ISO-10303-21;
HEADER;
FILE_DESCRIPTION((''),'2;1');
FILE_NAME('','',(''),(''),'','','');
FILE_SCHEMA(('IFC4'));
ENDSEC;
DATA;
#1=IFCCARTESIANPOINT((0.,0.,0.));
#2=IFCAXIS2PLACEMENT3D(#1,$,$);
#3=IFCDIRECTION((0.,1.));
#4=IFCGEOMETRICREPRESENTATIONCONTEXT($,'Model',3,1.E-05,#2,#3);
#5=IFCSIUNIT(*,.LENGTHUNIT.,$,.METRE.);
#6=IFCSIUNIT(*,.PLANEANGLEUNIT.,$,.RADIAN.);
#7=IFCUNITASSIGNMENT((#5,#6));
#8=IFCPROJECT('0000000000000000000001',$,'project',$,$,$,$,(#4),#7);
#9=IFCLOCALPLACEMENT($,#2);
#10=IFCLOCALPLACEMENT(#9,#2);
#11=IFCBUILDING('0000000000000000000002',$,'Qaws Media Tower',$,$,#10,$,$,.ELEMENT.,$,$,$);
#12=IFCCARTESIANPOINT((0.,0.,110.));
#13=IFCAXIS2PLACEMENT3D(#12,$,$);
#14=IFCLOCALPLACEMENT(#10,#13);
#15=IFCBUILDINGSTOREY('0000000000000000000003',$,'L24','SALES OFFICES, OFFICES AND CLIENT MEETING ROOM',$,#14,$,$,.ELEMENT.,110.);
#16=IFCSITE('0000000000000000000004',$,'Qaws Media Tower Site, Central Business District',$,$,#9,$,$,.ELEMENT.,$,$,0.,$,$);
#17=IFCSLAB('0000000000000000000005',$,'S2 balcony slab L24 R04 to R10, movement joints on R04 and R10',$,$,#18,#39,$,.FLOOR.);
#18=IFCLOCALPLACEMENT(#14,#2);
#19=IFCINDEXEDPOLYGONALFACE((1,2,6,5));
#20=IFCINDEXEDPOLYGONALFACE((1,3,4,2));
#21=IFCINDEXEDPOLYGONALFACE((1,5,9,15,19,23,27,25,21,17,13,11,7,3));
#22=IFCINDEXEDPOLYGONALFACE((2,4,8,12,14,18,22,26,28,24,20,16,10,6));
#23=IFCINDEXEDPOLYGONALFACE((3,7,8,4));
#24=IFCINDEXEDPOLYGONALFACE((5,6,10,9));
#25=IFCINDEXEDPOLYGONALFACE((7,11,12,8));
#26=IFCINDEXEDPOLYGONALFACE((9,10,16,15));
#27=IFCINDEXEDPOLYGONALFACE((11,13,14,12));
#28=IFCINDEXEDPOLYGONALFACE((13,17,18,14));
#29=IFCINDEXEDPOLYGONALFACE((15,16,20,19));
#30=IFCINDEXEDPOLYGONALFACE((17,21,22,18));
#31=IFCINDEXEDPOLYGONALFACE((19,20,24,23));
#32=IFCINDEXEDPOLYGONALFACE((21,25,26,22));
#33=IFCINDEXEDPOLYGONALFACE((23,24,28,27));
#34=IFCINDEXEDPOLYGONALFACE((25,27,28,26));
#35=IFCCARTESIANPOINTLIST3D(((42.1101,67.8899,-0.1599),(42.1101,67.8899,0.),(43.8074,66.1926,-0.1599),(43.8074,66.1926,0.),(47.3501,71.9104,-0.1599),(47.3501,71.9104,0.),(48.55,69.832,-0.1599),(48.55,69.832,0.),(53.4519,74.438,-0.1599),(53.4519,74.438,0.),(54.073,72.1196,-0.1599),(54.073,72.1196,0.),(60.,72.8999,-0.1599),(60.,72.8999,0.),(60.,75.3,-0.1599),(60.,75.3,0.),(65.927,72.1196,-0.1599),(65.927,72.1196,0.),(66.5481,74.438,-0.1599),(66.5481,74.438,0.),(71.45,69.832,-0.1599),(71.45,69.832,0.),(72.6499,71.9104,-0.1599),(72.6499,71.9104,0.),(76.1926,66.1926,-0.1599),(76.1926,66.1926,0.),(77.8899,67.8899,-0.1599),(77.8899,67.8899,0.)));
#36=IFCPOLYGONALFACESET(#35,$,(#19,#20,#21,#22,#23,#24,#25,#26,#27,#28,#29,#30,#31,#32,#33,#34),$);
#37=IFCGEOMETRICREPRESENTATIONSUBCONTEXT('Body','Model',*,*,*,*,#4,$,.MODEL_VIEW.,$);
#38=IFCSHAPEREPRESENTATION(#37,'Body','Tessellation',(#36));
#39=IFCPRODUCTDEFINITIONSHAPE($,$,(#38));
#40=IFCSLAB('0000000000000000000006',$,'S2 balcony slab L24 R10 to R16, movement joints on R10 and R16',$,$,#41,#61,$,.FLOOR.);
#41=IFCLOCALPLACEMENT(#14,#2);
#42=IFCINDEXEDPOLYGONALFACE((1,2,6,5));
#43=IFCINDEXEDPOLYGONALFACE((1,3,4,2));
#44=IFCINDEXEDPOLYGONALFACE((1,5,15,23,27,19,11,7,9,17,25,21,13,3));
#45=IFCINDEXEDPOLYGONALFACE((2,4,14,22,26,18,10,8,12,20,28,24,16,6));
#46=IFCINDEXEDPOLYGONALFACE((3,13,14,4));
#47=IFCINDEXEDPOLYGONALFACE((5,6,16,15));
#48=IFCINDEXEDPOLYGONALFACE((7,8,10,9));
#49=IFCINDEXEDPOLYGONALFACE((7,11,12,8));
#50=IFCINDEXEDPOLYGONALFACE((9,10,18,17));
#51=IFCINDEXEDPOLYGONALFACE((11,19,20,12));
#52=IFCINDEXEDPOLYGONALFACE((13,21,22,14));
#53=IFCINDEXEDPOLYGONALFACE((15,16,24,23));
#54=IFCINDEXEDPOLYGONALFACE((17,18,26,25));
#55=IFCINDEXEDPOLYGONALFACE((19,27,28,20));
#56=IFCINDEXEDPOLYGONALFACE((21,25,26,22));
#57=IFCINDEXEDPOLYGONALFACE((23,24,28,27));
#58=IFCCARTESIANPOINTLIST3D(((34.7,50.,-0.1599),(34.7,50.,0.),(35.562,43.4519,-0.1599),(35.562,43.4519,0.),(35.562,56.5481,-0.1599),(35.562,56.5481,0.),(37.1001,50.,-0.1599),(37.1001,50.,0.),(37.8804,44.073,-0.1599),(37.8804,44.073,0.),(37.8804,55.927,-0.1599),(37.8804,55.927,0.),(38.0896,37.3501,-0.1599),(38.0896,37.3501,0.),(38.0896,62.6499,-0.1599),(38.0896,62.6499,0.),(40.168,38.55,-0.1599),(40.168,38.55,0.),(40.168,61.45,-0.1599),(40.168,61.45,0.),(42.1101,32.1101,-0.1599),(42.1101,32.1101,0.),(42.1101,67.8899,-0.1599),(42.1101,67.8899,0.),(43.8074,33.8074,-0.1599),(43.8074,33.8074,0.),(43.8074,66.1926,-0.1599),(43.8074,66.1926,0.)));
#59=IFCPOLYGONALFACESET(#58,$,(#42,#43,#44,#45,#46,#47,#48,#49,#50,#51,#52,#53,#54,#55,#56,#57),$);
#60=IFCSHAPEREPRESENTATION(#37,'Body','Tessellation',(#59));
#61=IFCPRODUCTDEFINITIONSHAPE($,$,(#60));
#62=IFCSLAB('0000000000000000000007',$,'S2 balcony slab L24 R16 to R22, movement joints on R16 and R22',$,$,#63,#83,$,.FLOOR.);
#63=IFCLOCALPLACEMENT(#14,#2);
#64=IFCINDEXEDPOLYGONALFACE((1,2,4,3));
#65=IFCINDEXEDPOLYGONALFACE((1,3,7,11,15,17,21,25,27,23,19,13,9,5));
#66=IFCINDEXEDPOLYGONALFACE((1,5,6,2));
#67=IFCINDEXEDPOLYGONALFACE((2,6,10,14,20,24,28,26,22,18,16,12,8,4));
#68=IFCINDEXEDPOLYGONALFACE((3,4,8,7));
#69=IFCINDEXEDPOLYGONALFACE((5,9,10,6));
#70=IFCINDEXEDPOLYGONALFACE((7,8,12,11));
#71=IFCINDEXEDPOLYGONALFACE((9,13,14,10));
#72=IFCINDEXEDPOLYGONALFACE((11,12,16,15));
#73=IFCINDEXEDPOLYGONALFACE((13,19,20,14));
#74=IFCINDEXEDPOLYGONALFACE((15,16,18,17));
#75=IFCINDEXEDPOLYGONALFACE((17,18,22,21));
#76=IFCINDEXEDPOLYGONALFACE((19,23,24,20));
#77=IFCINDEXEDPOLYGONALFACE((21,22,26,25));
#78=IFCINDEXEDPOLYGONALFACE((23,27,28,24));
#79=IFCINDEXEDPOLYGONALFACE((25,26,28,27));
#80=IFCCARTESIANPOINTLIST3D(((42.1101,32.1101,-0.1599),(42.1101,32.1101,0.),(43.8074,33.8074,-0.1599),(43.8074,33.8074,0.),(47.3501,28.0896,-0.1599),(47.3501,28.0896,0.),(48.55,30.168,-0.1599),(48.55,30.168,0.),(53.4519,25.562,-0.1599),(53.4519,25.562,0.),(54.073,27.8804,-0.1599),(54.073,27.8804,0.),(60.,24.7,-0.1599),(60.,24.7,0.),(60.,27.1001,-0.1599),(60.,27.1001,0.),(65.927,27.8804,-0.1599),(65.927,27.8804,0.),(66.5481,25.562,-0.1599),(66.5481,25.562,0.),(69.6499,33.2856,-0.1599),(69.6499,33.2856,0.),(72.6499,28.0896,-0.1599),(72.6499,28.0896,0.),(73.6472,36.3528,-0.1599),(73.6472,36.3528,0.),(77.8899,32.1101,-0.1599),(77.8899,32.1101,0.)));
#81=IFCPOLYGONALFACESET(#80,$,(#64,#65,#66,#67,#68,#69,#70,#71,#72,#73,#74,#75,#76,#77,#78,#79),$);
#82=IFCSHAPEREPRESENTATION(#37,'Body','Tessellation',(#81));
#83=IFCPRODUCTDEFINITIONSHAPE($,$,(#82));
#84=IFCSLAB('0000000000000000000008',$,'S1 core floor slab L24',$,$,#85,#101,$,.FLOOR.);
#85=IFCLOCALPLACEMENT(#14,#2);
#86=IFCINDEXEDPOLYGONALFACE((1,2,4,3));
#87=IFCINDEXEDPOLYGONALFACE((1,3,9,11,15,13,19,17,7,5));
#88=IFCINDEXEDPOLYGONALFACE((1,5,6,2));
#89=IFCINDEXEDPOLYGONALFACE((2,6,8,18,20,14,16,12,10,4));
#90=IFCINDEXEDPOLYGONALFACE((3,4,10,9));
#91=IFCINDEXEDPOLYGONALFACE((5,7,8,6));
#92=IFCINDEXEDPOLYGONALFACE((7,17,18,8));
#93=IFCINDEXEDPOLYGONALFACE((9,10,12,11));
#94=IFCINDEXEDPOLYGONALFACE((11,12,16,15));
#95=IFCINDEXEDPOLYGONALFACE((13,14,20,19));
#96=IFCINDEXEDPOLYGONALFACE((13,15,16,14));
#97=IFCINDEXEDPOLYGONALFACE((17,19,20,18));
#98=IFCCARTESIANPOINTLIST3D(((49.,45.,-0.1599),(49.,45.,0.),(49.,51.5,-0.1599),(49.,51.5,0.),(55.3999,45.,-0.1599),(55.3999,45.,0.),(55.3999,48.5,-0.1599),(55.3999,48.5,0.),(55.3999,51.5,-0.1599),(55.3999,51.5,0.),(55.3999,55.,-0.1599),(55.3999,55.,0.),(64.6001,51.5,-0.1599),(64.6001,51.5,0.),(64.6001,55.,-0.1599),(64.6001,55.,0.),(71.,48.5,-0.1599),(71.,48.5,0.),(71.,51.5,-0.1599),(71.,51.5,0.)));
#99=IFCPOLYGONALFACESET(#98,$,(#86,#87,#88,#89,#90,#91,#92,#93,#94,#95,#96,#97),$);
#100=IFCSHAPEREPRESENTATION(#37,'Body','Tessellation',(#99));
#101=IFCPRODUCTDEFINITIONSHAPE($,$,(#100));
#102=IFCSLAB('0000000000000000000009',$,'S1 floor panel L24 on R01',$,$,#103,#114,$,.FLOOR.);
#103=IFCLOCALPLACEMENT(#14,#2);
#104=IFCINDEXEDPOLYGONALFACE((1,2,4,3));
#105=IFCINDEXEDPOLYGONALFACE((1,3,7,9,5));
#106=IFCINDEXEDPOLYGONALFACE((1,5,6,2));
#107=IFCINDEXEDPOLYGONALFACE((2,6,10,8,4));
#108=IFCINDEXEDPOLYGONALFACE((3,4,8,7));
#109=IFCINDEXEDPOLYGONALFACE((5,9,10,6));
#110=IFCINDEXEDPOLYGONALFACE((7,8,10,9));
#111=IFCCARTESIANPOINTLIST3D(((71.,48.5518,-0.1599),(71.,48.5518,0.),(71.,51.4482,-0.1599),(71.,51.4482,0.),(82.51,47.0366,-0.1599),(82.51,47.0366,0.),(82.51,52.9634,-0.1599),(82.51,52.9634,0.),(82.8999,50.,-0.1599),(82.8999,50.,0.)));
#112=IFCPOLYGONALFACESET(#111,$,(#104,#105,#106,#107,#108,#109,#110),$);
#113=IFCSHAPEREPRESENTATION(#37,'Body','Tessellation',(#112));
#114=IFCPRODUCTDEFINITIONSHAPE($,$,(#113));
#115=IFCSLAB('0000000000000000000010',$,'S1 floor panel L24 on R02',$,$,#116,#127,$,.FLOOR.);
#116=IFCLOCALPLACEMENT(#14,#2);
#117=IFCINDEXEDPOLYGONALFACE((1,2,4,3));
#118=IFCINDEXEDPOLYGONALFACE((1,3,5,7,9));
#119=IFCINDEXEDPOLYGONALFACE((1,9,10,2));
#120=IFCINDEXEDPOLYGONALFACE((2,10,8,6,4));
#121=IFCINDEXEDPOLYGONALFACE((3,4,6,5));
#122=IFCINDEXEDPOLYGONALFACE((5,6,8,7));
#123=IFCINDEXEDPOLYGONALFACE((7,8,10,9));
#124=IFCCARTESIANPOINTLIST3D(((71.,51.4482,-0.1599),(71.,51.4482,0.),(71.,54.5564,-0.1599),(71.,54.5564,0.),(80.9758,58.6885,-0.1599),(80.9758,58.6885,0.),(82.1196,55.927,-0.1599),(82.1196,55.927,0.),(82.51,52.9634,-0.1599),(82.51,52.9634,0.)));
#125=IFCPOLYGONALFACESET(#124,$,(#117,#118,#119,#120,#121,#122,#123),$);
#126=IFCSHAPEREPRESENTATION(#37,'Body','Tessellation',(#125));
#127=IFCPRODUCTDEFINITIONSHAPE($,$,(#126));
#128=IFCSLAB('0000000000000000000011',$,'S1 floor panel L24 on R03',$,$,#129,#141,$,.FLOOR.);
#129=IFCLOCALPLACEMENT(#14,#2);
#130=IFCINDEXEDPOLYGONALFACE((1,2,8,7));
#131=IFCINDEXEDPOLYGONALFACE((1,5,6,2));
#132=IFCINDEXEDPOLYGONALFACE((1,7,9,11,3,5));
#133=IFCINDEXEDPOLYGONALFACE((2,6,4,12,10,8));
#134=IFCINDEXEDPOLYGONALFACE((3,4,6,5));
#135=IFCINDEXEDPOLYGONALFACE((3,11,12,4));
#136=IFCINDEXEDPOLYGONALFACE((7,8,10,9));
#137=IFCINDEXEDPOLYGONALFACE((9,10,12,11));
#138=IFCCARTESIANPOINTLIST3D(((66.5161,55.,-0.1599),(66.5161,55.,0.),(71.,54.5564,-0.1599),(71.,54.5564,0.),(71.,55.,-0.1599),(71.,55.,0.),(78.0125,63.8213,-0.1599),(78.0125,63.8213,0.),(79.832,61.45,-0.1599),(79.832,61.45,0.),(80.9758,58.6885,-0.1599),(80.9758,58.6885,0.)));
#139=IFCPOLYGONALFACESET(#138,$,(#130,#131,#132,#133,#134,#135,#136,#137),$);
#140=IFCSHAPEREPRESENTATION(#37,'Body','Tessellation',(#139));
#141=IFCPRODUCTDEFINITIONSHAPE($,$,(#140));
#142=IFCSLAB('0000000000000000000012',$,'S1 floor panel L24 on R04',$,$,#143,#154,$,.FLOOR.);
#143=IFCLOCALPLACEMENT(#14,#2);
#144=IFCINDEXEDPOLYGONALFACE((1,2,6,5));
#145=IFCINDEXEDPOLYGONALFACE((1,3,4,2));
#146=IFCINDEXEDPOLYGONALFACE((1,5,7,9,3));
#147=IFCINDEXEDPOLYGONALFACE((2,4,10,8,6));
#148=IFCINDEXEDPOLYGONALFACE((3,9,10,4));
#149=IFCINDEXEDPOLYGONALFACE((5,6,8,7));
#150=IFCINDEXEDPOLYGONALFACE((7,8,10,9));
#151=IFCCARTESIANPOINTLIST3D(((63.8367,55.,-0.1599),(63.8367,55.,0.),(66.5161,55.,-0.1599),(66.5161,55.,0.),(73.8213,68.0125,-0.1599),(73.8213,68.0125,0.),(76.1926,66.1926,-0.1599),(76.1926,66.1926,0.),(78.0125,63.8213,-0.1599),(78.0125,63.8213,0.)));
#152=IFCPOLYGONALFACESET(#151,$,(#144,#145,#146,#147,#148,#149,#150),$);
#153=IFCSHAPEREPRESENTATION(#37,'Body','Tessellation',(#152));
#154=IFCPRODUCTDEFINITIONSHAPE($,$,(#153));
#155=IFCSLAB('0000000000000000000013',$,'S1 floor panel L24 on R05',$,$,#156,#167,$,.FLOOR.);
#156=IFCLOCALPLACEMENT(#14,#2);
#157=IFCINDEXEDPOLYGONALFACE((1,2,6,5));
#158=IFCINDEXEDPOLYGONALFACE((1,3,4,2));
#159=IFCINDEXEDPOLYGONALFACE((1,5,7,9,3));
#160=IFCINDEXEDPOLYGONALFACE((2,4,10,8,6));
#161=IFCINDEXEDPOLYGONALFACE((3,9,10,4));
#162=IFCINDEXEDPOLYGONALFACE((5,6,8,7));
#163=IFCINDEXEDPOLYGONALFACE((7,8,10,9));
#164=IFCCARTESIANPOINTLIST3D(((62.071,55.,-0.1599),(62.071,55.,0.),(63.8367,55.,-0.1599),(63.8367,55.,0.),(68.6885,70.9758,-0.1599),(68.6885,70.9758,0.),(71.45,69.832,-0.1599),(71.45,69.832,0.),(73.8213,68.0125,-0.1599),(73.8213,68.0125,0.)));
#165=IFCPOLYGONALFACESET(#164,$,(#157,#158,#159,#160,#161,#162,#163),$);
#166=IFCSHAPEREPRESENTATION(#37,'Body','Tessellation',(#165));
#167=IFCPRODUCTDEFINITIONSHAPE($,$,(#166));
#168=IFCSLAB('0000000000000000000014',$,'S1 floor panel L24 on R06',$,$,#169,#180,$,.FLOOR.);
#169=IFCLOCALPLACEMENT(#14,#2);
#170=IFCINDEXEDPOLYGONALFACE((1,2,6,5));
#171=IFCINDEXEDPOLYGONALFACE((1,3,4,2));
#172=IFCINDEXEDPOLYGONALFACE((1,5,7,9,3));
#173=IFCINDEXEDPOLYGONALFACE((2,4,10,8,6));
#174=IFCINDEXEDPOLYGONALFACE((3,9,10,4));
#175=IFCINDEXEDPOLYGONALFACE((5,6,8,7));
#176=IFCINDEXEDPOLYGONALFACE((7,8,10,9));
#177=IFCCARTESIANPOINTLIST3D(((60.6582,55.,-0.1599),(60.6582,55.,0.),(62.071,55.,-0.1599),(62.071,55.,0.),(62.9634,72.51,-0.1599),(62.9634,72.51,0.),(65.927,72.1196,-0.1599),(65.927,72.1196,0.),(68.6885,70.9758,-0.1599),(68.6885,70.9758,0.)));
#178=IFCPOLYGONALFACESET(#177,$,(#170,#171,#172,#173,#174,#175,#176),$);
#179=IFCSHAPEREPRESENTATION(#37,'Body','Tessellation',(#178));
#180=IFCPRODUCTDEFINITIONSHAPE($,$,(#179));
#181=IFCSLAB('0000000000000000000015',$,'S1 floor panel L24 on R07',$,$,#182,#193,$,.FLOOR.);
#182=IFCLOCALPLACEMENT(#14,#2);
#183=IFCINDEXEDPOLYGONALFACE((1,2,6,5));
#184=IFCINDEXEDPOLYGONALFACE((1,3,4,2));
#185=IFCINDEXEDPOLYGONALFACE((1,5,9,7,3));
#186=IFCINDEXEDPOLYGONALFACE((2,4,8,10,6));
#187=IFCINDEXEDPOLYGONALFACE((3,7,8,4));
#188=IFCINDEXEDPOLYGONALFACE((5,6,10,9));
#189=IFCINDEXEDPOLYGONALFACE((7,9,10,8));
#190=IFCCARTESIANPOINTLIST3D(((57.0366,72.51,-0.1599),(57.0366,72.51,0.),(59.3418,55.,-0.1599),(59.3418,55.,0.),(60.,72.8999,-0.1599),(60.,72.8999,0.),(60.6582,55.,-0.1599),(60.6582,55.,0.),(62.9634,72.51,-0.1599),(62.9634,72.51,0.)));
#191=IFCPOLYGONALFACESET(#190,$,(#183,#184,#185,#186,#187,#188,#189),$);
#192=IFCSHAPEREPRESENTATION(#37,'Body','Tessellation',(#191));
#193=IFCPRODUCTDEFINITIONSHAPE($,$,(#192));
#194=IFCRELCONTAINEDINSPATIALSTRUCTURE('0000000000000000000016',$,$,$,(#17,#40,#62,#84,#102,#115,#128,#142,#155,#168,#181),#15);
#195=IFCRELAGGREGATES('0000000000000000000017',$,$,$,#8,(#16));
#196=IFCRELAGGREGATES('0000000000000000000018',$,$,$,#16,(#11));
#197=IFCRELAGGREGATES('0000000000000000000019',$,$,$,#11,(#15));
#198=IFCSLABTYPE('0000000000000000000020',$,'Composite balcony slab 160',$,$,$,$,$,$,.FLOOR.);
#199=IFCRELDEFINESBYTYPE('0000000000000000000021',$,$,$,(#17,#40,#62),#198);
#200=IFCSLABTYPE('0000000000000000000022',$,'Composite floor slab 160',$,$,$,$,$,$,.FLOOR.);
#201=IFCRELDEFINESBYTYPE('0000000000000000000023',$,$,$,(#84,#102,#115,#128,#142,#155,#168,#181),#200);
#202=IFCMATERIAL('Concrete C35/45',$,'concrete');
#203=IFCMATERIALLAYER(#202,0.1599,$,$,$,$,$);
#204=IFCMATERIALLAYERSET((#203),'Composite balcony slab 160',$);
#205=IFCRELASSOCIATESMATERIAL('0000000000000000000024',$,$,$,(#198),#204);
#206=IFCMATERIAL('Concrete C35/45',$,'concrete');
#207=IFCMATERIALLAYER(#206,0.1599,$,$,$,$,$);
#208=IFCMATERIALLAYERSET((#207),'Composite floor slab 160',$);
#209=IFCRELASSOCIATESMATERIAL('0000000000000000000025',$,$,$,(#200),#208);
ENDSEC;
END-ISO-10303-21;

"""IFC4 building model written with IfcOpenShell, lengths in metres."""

from ifc_helpers import new_model, si_unit, direction, frame, origin, place, context, subcontext, project, spatial, polyline, outline, extrude, material, layer, layer_set, type_object, element, save


model = new_model("IFC4")

# Units and contexts
model_context = context("Model", 3, precision=1e-05, world=origin(), true_north=direction((0.0, 1.0)))
body_context = subcontext(model_context, "Body", "Model", "MODEL_VIEW")
ifc_project = project(units=[si_unit("LENGTHUNIT", "METRE"), si_unit("PLANEANGLEUNIT", "RADIAN")], contexts=[model_context])

# Site, building, storey
site_placement = place(None, origin())
site = spatial("IfcSite", under=ifc_project, at=site_placement, Name="Qaws Media Tower Site, Central Business District", CompositionType="ELEMENT", RefElevation=0.0)
building_placement = place(site_placement, origin())
building = spatial("IfcBuilding", under=site, at=building_placement, Name="Qaws Media Tower", CompositionType="ELEMENT")
storey_placement = place(building_placement, frame((0.0, 0.0, 110.0)))
storey = spatial("IfcBuildingStorey", under=building, at=storey_placement, Name="L24", Description="SALES OFFICES, OFFICES AND CLIENT MEETING ROOM", CompositionType="ELEMENT", Elevation=110.0)

# Slabs
ifc_material_1 = material(Name="Concrete C35/45", Category="concrete")
ifc_layer_1 = layer(ifc_material_1, 0.1599)
ifc_layer_set_1 = layer_set([ifc_layer_1], Name="Composite balcony slab 160")
slab_type_1 = type_object("IfcSlabType", Name="Composite balcony slab 160", PredefinedType="FLOOR", material=ifc_layer_set_1)
slab_1_placement = place(storey_placement, frame((0.0, 0.0, -0.1599)))
element("IfcSlab", 1, at=slab_1_placement, inside=storey, type_object=slab_type_1, Name="S2 balcony slab L24 R04 to R10, movement joints on R04 and R10", PredefinedType="FLOOR", context=body_context, shape_type="SweptSolid", body=[
    extrude(outline(polyline([(47.3501, 71.9104), (53.4519, 74.438), (60.0, 75.3), (66.5481, 74.438), (72.6499, 71.9104), (77.8899, 67.8899), (76.1926, 66.1926), (71.45, 69.832), (65.927, 72.1196), (60.0, 72.8999), (54.073, 72.1196), (48.55, 69.832), (43.8074, 66.1926), (42.1101, 67.8899), (47.3501, 71.9104)])), origin(), (0.0, 0.0, 1.0), 0.1599),
])
slab_2_placement = place(storey_placement, frame((0.0, 0.0, -0.1599)))
element("IfcSlab", 2, at=slab_2_placement, inside=storey, type_object=slab_type_1, Name="S2 balcony slab L24 R10 to R16, movement joints on R10 and R16", PredefinedType="FLOOR", context=body_context, shape_type="SweptSolid", body=[
    extrude(outline(polyline([(38.0896, 37.3501), (35.562, 43.4519), (34.7, 50.0), (35.562, 56.5481), (38.0896, 62.6499), (42.1101, 67.8899), (43.8074, 66.1926), (40.168, 61.45), (37.8804, 55.927), (37.1001, 50.0), (37.8804, 44.073), (40.168, 38.55), (43.8074, 33.8074), (42.1101, 32.1101), (38.0896, 37.3501)])), origin(), (0.0, 0.0, 1.0), 0.1599),
])
slab_3_placement = place(storey_placement, frame((0.0, 0.0, -0.1599)))
element("IfcSlab", 3, at=slab_3_placement, inside=storey, type_object=slab_type_1, Name="S2 balcony slab L24 R16 to R22, movement joints on R16 and R22", PredefinedType="FLOOR", context=body_context, shape_type="SweptSolid", body=[
    extrude(outline(polyline([(72.6499, 28.0896), (66.5481, 25.562), (60.0, 24.7), (53.4519, 25.562), (47.3501, 28.0896), (42.1101, 32.1101), (43.8074, 33.8074), (48.55, 30.168), (54.073, 27.8804), (60.0, 27.1001), (65.927, 27.8804), (69.6499, 33.2856), (73.6472, 36.3528), (77.8899, 32.1101), (72.6499, 28.0896)])), origin(), (0.0, 0.0, 1.0), 0.1599),
])
ifc_material_2 = material(Name="Concrete C35/45", Category="concrete")
ifc_layer_2 = layer(ifc_material_2, 0.1599)
ifc_layer_set_2 = layer_set([ifc_layer_2], Name="Composite floor slab 160")
slab_type_2 = type_object("IfcSlabType", Name="Composite floor slab 160", PredefinedType="FLOOR", material=ifc_layer_set_2)
slab_4_placement = place(storey_placement, frame((0.0, 0.0, -0.1599)))
element("IfcSlab", 4, at=slab_4_placement, inside=storey, type_object=slab_type_2, Name="S1 core floor slab L24", PredefinedType="FLOOR", context=body_context, shape_type="SweptSolid", body=[
    extrude(outline(polyline([(71.0, 51.5), (71.0, 48.5), (55.3999, 48.5), (55.3999, 45.0), (49.0, 45.0), (49.0, 51.5), (55.3999, 51.5), (55.3999, 55.0), (64.6001, 55.0), (64.6001, 51.5), (71.0, 51.5)])), origin(), (0.0, 0.0, 1.0), 0.1599),
])
slab_5_placement = place(storey_placement, frame((0.0, 0.0, -0.1599)))
element("IfcSlab", 5, at=slab_5_placement, inside=storey, type_object=slab_type_2, Name="S1 floor panel L24 on R01", PredefinedType="FLOOR", context=body_context, shape_type="SweptSolid", body=[
    extrude(outline(polyline([(82.8999, 50.0), (82.51, 47.0366), (71.0, 48.5518), (71.0, 51.4482), (82.51, 52.9634), (82.8999, 50.0)])), origin(), (0.0, 0.0, 1.0), 0.1599),
])
slab_6_placement = place(storey_placement, frame((0.0, 0.0, -0.1599)))
element("IfcSlab", 6, at=slab_6_placement, inside=storey, type_object=slab_type_2, Name="S1 floor panel L24 on R02", PredefinedType="FLOOR", context=body_context, shape_type="SweptSolid", body=[
    extrude(outline(polyline([(82.1196, 55.927), (82.51, 52.9634), (71.0, 51.4482), (71.0, 54.5564), (80.9758, 58.6885), (82.1196, 55.927)])), origin(), (0.0, 0.0, 1.0), 0.1599),
])
slab_7_placement = place(storey_placement, frame((0.0, 0.0, -0.1599)))
element("IfcSlab", 7, at=slab_7_placement, inside=storey, type_object=slab_type_2, Name="S1 floor panel L24 on R03", PredefinedType="FLOOR", context=body_context, shape_type="SweptSolid", body=[
    extrude(outline(polyline([(79.832, 61.45), (80.9758, 58.6885), (71.0, 54.5564), (71.0, 55.0), (66.5161, 55.0), (78.0125, 63.8213), (79.832, 61.45)])), origin(), (0.0, 0.0, 1.0), 0.1599),
])
slab_8_placement = place(storey_placement, frame((0.0, 0.0, -0.1599)))
element("IfcSlab", 8, at=slab_8_placement, inside=storey, type_object=slab_type_2, Name="S1 floor panel L24 on R04", PredefinedType="FLOOR", context=body_context, shape_type="SweptSolid", body=[
    extrude(outline(polyline([(76.1926, 66.1926), (78.0125, 63.8213), (66.5161, 55.0), (63.8367, 55.0), (73.8213, 68.0125), (76.1926, 66.1926)])), origin(), (0.0, 0.0, 1.0), 0.1599),
])
slab_9_placement = place(storey_placement, frame((0.0, 0.0, -0.1599)))
element("IfcSlab", 9, at=slab_9_placement, inside=storey, type_object=slab_type_2, Name="S1 floor panel L24 on R05", PredefinedType="FLOOR", context=body_context, shape_type="SweptSolid", body=[
    extrude(outline(polyline([(71.45, 69.832), (73.8213, 68.0125), (63.8367, 55.0), (62.071, 55.0), (68.6885, 70.9758), (71.45, 69.832)])), origin(), (0.0, 0.0, 1.0), 0.1599),
])
slab_10_placement = place(storey_placement, frame((0.0, 0.0, -0.1599)))
element("IfcSlab", 10, at=slab_10_placement, inside=storey, type_object=slab_type_2, Name="S1 floor panel L24 on R06", PredefinedType="FLOOR", context=body_context, shape_type="SweptSolid", body=[
    extrude(outline(polyline([(65.927, 72.1196), (68.6885, 70.9758), (62.071, 55.0), (60.6582, 55.0), (62.9634, 72.51), (65.927, 72.1196)])), origin(), (0.0, 0.0, 1.0), 0.1599),
])
slab_11_placement = place(storey_placement, frame((0.0, 0.0, -0.1599)))
element("IfcSlab", 11, at=slab_11_placement, inside=storey, type_object=slab_type_2, Name="S1 floor panel L24 on R07", PredefinedType="FLOOR", context=body_context, shape_type="SweptSolid", body=[
    extrude(outline(polyline([(60.0, 72.8999), (62.9634, 72.51), (60.6582, 55.0), (59.3418, 55.0), (57.0366, 72.51), (60.0, 72.8999)])), origin(), (0.0, 0.0, 1.0), 0.1599),
])

save(model, "model.ifc")
